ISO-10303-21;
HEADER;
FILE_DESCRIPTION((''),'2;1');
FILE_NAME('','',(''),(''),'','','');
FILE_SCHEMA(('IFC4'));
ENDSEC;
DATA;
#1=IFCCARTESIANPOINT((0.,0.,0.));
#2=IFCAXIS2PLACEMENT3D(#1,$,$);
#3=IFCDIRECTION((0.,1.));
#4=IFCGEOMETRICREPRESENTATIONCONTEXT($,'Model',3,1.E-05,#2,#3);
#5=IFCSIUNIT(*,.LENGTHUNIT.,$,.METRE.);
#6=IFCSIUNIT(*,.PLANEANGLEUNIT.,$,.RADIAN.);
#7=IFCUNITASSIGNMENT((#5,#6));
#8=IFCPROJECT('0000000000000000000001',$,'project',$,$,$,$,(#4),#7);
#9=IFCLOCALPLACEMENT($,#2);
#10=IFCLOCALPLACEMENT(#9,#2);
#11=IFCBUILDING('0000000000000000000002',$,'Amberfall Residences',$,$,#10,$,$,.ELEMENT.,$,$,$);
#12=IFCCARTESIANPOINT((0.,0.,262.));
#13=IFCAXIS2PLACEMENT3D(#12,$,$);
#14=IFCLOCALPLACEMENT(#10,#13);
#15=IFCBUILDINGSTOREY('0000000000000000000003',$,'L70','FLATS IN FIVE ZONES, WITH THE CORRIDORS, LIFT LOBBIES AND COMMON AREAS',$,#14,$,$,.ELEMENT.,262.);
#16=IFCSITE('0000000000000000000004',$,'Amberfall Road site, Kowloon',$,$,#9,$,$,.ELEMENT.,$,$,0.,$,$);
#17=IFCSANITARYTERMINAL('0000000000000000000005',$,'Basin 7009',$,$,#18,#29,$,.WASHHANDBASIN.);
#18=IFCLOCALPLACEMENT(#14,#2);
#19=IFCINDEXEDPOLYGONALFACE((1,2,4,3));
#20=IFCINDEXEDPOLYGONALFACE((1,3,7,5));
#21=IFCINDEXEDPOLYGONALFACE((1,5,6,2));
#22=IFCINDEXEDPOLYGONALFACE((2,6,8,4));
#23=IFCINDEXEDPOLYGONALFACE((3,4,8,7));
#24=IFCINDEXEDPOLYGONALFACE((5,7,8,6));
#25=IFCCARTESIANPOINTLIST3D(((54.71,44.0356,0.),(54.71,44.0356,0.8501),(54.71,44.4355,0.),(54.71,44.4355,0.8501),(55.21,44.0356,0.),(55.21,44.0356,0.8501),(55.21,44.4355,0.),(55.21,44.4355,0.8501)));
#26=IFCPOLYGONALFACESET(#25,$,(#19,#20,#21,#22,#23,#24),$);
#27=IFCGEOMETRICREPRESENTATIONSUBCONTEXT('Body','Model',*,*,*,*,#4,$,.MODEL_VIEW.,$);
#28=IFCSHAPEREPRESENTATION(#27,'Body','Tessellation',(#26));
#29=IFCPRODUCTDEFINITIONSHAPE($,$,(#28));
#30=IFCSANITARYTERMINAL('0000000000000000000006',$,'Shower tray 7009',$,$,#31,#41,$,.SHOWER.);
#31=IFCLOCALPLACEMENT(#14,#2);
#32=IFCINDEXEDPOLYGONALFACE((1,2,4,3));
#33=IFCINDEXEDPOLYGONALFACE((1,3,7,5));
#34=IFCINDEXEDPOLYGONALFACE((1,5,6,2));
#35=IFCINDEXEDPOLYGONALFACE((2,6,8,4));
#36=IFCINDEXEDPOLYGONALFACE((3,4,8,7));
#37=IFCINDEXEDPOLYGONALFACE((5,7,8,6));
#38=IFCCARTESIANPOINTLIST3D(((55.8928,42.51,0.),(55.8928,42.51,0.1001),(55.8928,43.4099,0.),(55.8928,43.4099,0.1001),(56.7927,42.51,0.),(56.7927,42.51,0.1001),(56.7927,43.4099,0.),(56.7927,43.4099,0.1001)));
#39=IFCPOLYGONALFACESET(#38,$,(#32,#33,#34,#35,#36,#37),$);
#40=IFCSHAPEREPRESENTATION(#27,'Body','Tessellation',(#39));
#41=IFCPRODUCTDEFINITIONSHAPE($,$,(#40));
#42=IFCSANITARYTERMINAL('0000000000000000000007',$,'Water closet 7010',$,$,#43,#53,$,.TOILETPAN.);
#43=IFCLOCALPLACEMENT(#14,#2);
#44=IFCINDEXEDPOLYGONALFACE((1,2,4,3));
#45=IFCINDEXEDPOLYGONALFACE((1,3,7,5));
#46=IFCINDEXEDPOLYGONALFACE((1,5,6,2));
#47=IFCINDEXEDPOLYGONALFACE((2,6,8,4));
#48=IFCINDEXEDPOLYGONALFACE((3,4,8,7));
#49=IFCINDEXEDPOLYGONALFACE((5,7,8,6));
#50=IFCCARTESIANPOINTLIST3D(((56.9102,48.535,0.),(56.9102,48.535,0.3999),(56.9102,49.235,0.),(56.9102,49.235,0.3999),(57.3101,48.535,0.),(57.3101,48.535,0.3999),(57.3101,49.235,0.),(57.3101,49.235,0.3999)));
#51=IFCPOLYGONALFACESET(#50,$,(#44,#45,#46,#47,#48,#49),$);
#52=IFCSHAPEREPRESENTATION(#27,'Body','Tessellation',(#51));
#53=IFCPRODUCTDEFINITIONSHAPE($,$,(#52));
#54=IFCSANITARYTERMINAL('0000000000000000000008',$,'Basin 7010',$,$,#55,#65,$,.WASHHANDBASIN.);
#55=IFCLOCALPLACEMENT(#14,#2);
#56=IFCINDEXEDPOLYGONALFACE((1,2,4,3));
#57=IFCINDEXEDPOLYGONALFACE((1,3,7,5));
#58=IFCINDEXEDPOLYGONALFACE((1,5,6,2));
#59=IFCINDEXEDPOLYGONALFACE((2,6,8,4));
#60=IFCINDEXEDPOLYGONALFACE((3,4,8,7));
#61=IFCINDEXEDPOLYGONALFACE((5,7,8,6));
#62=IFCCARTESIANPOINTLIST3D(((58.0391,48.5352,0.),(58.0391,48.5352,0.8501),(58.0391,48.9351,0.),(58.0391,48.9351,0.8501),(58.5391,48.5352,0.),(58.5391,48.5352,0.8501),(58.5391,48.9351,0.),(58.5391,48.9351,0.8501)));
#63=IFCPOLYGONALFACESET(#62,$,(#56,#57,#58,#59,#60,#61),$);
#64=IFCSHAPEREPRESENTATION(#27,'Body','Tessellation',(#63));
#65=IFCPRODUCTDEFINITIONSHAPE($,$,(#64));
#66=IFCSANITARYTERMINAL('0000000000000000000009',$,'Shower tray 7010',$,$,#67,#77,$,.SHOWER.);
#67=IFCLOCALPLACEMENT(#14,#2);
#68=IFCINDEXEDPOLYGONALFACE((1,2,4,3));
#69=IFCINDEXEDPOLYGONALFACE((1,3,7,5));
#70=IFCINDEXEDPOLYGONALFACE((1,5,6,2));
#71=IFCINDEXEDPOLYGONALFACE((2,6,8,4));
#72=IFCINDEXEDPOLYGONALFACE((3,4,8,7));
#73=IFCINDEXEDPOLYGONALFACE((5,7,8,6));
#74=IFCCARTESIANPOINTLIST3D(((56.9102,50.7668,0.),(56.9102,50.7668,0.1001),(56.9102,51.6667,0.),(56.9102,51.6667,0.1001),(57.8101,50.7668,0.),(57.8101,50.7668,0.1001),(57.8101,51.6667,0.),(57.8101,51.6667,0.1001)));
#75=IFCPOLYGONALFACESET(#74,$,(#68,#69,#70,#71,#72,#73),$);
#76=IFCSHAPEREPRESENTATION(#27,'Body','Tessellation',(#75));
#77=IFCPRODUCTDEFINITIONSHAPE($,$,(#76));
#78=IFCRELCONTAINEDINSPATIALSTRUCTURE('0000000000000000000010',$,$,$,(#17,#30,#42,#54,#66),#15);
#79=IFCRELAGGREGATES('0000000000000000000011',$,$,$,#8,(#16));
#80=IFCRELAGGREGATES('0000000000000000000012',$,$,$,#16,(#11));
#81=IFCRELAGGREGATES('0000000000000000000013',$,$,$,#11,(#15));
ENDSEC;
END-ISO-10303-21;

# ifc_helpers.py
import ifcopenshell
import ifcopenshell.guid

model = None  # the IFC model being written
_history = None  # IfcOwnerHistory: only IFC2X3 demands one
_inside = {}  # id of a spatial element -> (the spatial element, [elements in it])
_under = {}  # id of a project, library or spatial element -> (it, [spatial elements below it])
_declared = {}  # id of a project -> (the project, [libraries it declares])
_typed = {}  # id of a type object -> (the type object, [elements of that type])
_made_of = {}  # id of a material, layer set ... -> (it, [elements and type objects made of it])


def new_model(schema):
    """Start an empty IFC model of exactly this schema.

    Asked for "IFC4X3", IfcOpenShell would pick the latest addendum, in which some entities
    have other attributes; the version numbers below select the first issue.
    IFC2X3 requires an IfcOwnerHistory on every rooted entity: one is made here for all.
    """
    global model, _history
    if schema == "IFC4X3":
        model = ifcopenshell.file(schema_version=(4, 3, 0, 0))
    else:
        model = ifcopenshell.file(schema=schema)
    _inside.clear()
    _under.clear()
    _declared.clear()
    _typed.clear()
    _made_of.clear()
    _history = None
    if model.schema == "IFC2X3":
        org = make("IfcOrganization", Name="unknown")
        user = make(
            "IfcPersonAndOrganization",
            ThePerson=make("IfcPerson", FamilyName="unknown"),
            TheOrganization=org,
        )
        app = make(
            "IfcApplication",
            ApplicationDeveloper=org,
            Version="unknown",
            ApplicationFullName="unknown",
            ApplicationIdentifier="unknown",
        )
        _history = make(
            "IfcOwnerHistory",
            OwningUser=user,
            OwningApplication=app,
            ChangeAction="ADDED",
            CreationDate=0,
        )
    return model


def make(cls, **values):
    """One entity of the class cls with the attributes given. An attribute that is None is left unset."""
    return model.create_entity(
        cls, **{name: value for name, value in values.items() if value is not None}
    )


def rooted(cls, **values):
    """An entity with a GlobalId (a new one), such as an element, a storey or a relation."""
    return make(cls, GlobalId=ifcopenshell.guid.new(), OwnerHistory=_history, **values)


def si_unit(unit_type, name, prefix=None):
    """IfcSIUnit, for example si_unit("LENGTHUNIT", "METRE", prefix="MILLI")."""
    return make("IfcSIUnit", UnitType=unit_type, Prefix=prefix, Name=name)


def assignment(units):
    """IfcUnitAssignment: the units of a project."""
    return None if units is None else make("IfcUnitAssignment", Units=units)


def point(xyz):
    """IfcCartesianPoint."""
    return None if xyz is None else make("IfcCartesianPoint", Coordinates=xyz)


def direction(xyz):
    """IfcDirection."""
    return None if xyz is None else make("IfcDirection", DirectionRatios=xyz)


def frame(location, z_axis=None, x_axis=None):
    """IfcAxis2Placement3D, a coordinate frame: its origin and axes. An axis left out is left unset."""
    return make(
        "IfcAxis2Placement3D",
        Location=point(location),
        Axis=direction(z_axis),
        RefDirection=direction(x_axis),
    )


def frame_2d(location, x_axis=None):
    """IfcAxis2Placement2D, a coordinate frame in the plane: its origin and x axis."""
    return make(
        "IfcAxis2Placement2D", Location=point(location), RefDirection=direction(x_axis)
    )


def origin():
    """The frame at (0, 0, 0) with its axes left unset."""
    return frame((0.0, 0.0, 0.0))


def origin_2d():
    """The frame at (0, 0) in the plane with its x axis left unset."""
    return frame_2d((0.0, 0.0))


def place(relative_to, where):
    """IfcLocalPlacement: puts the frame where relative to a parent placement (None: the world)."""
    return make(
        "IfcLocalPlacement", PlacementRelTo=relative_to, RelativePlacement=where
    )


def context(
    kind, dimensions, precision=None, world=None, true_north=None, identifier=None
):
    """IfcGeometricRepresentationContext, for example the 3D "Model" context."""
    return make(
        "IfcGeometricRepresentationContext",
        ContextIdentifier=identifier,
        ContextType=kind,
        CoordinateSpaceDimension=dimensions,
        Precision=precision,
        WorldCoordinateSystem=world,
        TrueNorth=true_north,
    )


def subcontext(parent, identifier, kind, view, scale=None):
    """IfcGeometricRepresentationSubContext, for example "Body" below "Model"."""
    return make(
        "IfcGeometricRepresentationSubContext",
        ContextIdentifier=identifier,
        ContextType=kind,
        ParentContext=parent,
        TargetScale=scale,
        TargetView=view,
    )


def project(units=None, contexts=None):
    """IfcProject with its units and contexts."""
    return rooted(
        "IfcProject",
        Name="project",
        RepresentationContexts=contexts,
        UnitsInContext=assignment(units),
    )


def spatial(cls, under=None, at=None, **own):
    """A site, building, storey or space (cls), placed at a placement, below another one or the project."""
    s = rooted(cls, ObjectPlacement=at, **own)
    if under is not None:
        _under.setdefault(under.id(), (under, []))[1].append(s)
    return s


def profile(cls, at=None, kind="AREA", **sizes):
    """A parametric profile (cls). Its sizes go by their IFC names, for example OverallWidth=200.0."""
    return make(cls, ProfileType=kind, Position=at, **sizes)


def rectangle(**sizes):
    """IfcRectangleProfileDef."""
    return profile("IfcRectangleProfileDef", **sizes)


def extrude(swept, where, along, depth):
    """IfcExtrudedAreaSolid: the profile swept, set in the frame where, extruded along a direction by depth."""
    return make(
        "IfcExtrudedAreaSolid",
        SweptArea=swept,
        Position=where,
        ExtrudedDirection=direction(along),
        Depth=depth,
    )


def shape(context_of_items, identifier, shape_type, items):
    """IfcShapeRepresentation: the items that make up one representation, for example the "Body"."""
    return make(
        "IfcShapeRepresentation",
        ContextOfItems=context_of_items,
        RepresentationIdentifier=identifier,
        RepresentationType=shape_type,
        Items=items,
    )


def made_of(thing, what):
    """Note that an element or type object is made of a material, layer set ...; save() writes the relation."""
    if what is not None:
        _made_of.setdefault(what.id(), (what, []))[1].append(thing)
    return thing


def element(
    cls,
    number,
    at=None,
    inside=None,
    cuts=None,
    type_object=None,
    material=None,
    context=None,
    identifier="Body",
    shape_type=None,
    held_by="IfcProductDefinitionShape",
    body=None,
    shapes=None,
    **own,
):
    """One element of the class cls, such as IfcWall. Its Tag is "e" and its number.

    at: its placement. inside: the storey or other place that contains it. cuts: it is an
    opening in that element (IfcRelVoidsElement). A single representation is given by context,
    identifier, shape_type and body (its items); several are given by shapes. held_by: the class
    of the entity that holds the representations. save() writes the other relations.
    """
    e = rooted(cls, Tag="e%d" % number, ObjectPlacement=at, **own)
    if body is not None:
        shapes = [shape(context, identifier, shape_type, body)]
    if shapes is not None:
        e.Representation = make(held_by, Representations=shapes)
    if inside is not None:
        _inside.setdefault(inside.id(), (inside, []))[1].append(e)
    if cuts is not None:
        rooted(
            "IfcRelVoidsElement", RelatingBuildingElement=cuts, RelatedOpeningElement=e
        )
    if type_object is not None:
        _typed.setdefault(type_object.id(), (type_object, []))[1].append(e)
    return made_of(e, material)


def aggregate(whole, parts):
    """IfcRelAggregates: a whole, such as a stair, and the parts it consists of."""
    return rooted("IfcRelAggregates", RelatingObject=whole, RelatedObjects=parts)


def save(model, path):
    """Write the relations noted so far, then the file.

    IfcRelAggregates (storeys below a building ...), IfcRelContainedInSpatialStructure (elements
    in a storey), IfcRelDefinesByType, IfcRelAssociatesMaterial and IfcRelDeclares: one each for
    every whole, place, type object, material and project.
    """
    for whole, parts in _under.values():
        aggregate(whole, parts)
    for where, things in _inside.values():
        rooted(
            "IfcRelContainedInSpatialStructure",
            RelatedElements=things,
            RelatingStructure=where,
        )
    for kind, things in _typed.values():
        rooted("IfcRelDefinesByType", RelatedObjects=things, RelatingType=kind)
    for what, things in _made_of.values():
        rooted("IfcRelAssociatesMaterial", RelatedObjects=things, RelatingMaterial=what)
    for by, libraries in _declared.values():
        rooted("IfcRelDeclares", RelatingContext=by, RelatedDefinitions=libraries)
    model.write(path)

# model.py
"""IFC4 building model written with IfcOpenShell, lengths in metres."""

from ifc_helpers import new_model, si_unit, direction, frame, origin, origin_2d, place, context, subcontext, project, spatial, rectangle, extrude, element, save


model = new_model("IFC4")

# Units and contexts
model_context = context("Model", 3, precision=1e-05, world=origin(), true_north=direction((0.0, 1.0)))
body_context = subcontext(model_context, "Body", "Model", "MODEL_VIEW")
ifc_project = project(units=[si_unit("LENGTHUNIT", "METRE"), si_unit("PLANEANGLEUNIT", "RADIAN")], contexts=[model_context])

# Site, building, storey
site_placement = place(None, origin())
site = spatial("IfcSite", under=ifc_project, at=site_placement, Name="Amberfall Road site, Kowloon", CompositionType="ELEMENT", RefElevation=0.0)
building_placement = place(site_placement, origin())
building = spatial("IfcBuilding", under=site, at=building_placement, Name="Amberfall Residences", CompositionType="ELEMENT")
storey_placement = place(building_placement, frame((0.0, 0.0, 262.0)))
storey = spatial("IfcBuildingStorey", under=building, at=storey_placement, Name="L70", Description="FLATS IN FIVE ZONES, WITH THE CORRIDORS, LIFT LOBBIES AND COMMON AREAS", CompositionType="ELEMENT", Elevation=262.0)

# Sanitary terminals
sanitary_terminal_1_placement = place(storey_placement, frame((54.96, 44.2356, 0.0), z_axis=(0.0, 0.0, 1.0), x_axis=(1.0, 0.0, 0.0)))
element("IfcSanitaryTerminal", 1, at=sanitary_terminal_1_placement, inside=storey, Name="Basin 7009", PredefinedType="WASHHANDBASIN", context=body_context, shape_type="SweptSolid", body=[
    extrude(rectangle(XDim=0.5, YDim=0.3999, at=origin_2d()), origin(), (0.0, 0.0, 1.0), 0.8501),
])
sanitary_terminal_2_placement = place(storey_placement, frame((56.3428, 42.96, 0.0), z_axis=(0.0, 0.0, 1.0), x_axis=(1.0, 0.0, 0.0)))
element("IfcSanitaryTerminal", 2, at=sanitary_terminal_2_placement, inside=storey, Name="Shower tray 7009", PredefinedType="SHOWER", context=body_context, shape_type="SweptSolid", body=[
    extrude(rectangle(XDim=0.8999, YDim=0.8999, at=origin_2d()), origin(), (0.0, 0.0, 1.0), 0.1001),
])
sanitary_terminal_3_placement = place(storey_placement, frame((57.1101, 48.885, 0.0), z_axis=(0.0, 0.0, 1.0), x_axis=(1.0, 0.0, 0.0)))
element("IfcSanitaryTerminal", 3, at=sanitary_terminal_3_placement, inside=storey, Name="Water closet 7010", PredefinedType="TOILETPAN", context=body_context, shape_type="SweptSolid", body=[
    extrude(rectangle(XDim=0.3999, YDim=0.7, at=origin_2d()), origin(), (0.0, 0.0, 1.0), 0.3999),
])
sanitary_terminal_4_placement = place(storey_placement, frame((58.2891, 48.7351, 0.0), z_axis=(0.0, 0.0, 1.0), x_axis=(1.0, 0.0, 0.0)))
element("IfcSanitaryTerminal", 4, at=sanitary_terminal_4_placement, inside=storey, Name="Basin 7010", PredefinedType="WASHHANDBASIN", context=body_context, shape_type="SweptSolid", body=[
    extrude(rectangle(XDim=0.5, YDim=0.3999, at=origin_2d()), origin(), (0.0, 0.0, 1.0), 0.8501),
])
sanitary_terminal_5_placement = place(storey_placement, frame((57.3601, 51.2168, 0.0), z_axis=(0.0, 0.0, 1.0), x_axis=(1.0, 0.0, 0.0)))
element("IfcSanitaryTerminal", 5, at=sanitary_terminal_5_placement, inside=storey, Name="Shower tray 7010", PredefinedType="SHOWER", context=body_context, shape_type="SweptSolid", body=[
    extrude(rectangle(XDim=0.8999, YDim=0.8999, at=origin_2d()), origin(), (0.0, 0.0, 1.0), 0.1001),
])

save(model, "model.ifc")
